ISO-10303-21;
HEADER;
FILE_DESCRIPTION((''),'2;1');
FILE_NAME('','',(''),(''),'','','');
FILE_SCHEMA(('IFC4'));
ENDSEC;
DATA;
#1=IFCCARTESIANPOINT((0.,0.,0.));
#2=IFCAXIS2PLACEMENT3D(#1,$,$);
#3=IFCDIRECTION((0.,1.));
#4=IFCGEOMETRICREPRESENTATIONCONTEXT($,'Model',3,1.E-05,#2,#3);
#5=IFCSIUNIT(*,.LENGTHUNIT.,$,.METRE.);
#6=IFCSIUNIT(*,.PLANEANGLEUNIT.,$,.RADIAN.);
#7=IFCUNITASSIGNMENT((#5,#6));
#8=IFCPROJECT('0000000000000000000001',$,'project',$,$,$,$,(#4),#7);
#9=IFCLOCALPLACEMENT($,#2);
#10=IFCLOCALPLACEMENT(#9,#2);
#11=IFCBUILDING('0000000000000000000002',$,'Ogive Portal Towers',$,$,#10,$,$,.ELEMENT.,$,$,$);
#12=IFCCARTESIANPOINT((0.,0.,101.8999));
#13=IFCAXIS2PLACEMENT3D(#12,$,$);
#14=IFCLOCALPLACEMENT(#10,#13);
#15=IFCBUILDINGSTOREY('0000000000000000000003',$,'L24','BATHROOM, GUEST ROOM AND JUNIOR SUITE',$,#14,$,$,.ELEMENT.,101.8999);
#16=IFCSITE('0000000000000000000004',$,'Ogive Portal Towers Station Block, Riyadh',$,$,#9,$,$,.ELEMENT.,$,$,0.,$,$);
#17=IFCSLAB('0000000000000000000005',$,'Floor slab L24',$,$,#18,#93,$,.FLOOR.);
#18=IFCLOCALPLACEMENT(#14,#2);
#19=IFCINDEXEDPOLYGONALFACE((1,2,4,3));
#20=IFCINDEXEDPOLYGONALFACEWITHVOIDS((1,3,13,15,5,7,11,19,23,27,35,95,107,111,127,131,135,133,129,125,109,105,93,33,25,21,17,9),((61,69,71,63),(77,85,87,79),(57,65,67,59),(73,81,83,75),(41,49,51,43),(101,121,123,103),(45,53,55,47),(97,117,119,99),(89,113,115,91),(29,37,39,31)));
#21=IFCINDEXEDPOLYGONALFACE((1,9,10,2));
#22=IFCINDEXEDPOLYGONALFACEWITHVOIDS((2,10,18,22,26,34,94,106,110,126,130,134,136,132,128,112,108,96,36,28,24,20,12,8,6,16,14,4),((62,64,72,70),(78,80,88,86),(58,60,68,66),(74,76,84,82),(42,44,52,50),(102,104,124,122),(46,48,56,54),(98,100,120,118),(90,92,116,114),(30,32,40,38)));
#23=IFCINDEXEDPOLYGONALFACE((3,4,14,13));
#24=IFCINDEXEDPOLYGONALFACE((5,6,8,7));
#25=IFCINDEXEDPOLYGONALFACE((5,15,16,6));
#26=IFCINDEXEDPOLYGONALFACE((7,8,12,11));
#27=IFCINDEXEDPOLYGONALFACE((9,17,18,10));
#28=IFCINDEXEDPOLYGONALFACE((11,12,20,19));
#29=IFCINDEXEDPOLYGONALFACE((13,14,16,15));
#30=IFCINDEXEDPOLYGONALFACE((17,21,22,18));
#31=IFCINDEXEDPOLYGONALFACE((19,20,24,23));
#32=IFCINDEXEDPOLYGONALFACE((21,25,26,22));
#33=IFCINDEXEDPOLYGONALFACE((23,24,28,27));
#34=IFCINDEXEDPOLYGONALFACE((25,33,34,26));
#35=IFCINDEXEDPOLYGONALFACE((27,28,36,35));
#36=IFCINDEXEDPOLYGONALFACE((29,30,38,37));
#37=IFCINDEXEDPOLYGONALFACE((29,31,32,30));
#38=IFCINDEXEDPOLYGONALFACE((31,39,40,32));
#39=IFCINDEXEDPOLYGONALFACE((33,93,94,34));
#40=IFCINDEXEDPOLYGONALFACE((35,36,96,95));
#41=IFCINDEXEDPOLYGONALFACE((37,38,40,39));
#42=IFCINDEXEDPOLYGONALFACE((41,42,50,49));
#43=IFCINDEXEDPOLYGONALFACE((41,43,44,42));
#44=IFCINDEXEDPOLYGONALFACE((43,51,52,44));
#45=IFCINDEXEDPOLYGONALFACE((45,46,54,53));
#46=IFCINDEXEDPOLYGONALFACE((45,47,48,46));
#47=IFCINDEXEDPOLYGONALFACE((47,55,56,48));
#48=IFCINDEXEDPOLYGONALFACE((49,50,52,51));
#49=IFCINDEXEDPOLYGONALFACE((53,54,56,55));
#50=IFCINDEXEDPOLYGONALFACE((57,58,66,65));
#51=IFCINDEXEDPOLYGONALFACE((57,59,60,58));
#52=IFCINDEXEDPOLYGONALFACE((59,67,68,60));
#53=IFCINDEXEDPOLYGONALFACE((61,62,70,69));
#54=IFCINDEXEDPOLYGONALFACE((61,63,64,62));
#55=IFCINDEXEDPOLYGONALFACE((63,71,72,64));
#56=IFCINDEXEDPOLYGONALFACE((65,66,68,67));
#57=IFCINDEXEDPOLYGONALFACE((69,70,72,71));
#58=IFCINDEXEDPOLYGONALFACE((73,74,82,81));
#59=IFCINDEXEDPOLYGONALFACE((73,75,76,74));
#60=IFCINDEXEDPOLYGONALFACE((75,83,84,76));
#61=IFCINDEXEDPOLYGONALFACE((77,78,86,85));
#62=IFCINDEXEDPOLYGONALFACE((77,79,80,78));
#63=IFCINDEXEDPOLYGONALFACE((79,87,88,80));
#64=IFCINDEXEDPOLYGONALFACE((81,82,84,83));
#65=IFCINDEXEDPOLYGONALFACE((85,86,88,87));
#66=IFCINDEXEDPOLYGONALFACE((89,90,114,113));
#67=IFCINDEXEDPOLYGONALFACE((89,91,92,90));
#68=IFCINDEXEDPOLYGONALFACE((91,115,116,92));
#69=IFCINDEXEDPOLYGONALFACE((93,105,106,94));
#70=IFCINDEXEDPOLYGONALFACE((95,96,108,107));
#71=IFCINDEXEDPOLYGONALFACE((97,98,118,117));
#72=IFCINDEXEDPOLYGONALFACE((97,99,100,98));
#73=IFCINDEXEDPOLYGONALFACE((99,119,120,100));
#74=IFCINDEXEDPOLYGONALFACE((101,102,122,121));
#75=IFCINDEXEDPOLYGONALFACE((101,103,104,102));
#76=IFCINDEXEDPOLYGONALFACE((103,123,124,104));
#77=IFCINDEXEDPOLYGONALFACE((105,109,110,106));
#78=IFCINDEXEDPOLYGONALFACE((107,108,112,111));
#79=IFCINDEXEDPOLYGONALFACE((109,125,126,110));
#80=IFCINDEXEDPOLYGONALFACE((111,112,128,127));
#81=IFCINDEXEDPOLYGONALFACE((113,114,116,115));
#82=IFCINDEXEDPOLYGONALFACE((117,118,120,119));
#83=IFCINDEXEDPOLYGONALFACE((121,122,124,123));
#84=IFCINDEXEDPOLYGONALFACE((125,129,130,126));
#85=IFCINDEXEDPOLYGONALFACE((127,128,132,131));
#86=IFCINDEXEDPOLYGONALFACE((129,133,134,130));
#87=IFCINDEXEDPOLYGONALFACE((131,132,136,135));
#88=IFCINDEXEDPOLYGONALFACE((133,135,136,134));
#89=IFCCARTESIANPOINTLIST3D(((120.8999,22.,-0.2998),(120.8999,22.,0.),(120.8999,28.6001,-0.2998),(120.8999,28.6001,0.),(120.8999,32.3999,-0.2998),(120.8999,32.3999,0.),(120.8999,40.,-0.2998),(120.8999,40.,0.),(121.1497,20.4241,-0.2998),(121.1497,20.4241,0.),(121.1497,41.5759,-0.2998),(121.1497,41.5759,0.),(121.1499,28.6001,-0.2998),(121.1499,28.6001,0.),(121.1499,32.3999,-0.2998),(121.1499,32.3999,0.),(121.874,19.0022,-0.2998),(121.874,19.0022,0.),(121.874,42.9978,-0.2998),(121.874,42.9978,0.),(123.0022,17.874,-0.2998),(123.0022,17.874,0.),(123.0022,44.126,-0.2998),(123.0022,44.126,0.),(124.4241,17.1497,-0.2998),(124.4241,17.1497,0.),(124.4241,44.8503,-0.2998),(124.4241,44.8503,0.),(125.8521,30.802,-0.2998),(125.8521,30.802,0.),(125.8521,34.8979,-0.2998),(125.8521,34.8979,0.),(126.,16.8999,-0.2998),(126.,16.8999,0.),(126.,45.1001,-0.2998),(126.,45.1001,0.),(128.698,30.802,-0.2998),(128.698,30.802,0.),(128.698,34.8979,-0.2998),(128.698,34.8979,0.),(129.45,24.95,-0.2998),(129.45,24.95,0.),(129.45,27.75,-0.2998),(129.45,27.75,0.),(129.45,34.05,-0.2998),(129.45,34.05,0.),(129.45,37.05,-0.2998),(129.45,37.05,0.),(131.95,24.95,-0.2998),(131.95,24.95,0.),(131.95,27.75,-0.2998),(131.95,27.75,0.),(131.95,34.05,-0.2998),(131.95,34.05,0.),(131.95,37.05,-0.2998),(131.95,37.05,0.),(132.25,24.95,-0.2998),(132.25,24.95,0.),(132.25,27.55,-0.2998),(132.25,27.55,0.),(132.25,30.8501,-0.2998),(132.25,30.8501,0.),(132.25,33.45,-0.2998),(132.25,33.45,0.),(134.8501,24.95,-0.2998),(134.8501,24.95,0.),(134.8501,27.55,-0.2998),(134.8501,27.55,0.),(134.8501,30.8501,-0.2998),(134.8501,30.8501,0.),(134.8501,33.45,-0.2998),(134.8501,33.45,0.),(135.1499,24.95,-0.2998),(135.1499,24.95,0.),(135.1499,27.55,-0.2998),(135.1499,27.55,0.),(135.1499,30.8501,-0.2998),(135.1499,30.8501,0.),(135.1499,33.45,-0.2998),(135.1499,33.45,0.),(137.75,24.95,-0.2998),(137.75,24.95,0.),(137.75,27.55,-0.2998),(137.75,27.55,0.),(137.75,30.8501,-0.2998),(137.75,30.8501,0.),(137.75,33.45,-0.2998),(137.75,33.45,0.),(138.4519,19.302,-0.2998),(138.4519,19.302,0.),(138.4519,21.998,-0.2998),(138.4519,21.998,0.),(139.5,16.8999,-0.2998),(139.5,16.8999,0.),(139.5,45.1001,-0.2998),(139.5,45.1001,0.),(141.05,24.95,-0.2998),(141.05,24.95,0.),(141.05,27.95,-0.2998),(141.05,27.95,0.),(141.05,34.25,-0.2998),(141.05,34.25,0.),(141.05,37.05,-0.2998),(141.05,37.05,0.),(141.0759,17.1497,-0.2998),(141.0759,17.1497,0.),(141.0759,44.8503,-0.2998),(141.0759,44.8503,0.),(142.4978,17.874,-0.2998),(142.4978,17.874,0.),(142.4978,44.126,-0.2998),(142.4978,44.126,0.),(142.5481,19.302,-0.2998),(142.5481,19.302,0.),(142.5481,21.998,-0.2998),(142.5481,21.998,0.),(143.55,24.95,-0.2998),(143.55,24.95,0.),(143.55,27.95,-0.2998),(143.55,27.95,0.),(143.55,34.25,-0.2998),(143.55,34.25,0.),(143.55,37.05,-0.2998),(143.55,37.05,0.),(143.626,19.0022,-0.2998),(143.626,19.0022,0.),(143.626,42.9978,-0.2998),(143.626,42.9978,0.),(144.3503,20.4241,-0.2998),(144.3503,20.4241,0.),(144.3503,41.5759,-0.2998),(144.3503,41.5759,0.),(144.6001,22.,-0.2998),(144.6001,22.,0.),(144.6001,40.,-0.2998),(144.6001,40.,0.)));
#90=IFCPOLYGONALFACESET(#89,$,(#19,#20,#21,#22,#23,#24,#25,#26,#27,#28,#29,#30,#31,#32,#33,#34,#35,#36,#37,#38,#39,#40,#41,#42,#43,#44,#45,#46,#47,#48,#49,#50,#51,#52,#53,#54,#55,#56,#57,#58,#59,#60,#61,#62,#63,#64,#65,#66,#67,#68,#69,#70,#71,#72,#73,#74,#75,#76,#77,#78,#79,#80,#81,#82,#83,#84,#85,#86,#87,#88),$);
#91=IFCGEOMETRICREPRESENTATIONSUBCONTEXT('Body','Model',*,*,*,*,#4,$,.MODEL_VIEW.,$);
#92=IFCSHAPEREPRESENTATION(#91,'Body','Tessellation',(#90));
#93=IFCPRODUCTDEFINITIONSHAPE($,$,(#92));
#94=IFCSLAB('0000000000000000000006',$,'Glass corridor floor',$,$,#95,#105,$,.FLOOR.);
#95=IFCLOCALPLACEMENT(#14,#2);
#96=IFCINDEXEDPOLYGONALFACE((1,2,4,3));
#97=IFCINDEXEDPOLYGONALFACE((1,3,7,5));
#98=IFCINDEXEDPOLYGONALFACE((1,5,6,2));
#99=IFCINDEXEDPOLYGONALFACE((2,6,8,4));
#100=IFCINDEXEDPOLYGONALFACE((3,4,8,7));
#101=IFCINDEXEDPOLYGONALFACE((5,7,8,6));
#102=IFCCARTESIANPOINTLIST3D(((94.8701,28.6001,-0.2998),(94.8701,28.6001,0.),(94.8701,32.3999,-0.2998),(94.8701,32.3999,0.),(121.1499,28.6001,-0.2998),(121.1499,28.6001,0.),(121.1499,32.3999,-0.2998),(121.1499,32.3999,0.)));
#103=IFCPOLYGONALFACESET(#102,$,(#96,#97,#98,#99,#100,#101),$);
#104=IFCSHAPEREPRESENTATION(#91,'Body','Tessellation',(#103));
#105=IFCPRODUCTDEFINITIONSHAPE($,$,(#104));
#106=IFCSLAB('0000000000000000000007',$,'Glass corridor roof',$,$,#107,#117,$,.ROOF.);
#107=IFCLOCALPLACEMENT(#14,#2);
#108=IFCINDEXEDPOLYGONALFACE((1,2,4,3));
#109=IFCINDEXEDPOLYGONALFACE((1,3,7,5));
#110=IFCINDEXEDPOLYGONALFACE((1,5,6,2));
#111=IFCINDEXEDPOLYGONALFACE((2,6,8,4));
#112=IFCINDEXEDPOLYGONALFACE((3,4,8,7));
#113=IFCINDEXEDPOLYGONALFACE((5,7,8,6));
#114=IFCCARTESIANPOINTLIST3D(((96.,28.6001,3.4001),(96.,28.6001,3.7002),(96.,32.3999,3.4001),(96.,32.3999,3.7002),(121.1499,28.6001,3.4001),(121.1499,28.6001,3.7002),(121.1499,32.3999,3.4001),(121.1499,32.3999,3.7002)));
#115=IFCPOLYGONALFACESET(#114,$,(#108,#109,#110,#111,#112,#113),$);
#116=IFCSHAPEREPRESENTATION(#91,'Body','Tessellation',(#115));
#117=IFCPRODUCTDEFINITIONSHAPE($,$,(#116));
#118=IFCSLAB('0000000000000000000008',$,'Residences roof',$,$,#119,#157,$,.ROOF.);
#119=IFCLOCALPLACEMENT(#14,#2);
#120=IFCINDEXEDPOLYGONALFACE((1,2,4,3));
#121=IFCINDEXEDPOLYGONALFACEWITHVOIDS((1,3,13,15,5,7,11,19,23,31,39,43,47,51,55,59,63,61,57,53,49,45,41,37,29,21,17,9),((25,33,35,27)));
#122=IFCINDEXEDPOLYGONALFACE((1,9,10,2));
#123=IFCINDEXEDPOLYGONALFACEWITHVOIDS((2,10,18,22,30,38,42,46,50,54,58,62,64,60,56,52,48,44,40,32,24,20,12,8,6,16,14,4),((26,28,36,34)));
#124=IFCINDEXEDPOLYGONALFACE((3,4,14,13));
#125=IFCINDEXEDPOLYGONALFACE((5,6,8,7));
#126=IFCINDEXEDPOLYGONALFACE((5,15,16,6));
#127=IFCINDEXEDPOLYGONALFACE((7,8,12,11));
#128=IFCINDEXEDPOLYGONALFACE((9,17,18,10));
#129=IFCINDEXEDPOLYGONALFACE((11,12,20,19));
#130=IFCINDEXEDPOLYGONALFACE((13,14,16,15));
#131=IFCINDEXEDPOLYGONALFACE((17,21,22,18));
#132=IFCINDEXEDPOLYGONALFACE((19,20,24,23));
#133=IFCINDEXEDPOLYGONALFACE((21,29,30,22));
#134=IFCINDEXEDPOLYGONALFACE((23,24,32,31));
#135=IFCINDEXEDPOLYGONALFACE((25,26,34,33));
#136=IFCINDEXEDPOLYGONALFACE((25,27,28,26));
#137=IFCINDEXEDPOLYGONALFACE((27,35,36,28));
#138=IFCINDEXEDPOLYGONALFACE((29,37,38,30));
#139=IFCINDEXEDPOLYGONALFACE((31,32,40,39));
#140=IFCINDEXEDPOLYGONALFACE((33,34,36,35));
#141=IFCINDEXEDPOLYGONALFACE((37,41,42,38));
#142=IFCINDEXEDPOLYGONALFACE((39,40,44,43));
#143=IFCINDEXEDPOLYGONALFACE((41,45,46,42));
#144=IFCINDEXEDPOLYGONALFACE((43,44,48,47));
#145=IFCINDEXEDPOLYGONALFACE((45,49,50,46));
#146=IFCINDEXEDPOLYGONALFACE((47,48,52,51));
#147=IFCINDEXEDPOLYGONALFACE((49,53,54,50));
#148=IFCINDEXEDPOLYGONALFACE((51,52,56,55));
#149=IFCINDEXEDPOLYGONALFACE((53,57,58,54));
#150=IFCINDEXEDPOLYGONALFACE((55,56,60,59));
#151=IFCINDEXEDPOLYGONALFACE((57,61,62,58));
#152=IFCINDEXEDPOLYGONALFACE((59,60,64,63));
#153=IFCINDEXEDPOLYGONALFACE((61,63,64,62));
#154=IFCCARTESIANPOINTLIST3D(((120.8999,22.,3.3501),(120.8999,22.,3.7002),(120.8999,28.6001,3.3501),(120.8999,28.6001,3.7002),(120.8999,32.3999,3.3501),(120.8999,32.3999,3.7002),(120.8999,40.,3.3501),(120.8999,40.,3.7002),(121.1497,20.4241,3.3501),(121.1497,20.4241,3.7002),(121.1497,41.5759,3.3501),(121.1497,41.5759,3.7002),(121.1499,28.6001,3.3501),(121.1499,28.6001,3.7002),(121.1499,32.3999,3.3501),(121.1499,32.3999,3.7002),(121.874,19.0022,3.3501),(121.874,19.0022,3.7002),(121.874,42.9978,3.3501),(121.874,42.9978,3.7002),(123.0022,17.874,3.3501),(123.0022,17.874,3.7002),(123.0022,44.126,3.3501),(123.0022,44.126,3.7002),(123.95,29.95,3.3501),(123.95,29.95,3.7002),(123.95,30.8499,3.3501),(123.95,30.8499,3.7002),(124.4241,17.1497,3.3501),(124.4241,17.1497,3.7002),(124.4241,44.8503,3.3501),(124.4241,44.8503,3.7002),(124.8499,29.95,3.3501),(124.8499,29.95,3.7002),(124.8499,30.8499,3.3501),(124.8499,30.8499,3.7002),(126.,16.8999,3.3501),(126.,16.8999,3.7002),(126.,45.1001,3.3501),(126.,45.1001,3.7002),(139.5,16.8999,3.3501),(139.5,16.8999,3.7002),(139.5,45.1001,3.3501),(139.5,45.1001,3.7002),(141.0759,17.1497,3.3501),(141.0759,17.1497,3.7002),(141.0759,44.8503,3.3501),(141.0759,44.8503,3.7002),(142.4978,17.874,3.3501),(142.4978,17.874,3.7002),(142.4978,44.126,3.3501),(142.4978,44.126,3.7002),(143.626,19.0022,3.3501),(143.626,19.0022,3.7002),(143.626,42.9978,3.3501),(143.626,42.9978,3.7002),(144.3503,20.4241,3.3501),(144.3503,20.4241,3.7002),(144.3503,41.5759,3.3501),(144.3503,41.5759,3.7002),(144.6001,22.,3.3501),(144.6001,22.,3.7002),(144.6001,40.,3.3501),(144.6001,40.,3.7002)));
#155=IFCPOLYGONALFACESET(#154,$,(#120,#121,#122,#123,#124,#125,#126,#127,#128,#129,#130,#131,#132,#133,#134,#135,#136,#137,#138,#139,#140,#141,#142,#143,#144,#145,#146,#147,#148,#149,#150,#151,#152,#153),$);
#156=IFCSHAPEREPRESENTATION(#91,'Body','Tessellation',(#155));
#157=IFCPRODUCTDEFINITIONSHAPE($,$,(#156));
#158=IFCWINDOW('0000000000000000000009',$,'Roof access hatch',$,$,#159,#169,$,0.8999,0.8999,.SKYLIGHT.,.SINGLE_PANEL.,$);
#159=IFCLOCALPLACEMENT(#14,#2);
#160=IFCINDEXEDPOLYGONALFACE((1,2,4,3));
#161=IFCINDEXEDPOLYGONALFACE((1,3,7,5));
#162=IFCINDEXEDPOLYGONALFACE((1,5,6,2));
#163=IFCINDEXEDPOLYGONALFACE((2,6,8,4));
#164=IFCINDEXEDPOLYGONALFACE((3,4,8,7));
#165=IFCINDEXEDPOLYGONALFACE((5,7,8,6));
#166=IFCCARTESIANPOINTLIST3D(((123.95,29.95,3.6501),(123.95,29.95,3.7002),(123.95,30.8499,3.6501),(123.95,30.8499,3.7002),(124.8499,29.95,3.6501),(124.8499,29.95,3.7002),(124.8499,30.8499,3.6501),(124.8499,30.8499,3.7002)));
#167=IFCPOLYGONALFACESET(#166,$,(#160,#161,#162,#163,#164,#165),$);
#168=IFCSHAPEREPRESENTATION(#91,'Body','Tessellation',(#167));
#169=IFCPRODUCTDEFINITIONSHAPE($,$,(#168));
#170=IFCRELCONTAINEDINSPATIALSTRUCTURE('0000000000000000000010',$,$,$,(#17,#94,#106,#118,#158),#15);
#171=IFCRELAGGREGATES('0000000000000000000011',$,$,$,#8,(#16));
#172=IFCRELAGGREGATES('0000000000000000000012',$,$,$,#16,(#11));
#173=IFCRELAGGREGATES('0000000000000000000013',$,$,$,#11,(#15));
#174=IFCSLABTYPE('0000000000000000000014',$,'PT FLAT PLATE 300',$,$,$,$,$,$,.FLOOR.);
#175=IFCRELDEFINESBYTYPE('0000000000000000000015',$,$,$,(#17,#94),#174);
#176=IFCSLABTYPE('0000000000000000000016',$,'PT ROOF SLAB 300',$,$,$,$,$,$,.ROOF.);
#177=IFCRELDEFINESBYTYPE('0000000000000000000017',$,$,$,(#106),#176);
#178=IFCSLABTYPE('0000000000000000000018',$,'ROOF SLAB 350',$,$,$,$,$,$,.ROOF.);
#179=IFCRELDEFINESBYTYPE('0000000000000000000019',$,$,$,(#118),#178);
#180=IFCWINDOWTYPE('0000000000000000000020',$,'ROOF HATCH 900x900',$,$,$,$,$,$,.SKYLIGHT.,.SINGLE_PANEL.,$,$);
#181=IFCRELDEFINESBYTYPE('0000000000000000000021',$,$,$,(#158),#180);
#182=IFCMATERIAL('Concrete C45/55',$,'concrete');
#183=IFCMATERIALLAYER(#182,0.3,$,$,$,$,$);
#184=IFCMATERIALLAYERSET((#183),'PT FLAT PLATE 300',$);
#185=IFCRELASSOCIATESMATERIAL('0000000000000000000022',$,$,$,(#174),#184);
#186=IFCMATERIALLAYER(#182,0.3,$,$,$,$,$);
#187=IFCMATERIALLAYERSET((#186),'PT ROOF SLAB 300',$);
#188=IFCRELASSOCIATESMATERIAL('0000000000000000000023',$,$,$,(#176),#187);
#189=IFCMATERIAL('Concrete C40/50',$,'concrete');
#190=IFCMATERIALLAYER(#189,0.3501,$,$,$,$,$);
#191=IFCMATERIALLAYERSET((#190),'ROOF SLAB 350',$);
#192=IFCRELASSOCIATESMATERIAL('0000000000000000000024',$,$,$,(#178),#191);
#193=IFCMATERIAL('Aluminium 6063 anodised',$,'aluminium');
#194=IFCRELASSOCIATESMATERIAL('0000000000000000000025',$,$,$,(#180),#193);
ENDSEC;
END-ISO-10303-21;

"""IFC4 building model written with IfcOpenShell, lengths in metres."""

from ifc_helpers import new_model, si_unit, direction, frame, origin, origin_2d, place, context, subcontext, project, spatial, polyline, rectangle, outline, extrude, material, layer, layer_set, type_object, element, fill, save


model = new_model("IFC4")

# Units and contexts
model_context = context("Model", 3, precision=1e-05, world=origin(), true_north=direction((0.0, 1.0)))
body_context = subcontext(model_context, "Body", "Model", "MODEL_VIEW")
ifc_project = project(units=[si_unit("LENGTHUNIT", "METRE"), si_unit("PLANEANGLEUNIT", "RADIAN")], contexts=[model_context])

# Site, building, storey
site_placement = place(None, origin())
site = spatial("IfcSite", under=ifc_project, at=site_placement, Name="Ogive Portal Towers Station Block, Riyadh", CompositionType="ELEMENT", RefElevation=0.0)
building_placement = place(site_placement, origin())
building = spatial("IfcBuilding", under=site, at=building_placement, Name="Ogive Portal Towers", CompositionType="ELEMENT")
storey_placement = place(building_placement, frame((0.0, 0.0, 101.8999)))
storey = spatial("IfcBuildingStorey", under=building, at=storey_placement, Name="L24", Description="BATHROOM, GUEST ROOM AND JUNIOR SUITE", CompositionType="ELEMENT", Elevation=101.8999)

# Shared definitions
ifc_material_1 = material(Name="Concrete C40/50", Category="concrete")

# Slabs
ifc_material_2 = material(Name="Concrete C45/55", Category="concrete")
ifc_layer_1 = layer(ifc_material_2, 0.3)
ifc_layer_set_1 = layer_set([ifc_layer_1], Name="PT FLAT PLATE 300")
slab_type_1 = type_object("IfcSlabType", Name="PT FLAT PLATE 300", PredefinedType="FLOOR", material=ifc_layer_set_1)
slab_1_placement = place(storey_placement, frame((0.0, 0.0, -0.2998)))
element("IfcSlab", 1, at=slab_1_placement, inside=storey, type_object=slab_type_1, Name="Floor slab L24", PredefinedType="FLOOR", context=body_context, shape_type="SweptSolid", body=[
    extrude(outline(polyline([(120.8999, 40.0), (120.8999, 32.3999), (121.1499, 32.3999), (121.1499, 28.6001), (120.8999, 28.6001), (120.8999, 22.0), (121.1497, 20.4241), (121.874, 19.0022), (123.0022, 17.874), (124.4241, 17.1497), (126.0, 16.8999), (139.5, 16.8999), (141.0759, 17.1497), (142.4978, 17.874), (143.626, 19.0022), (144.3503, 20.4241), (144.6001, 22.0), (144.6001, 40.0), (144.3503, 41.5759), (143.626, 42.9978), (142.4978, 44.126), (141.0759, 44.8503), (139.5, 45.1001), (126.0, 45.1001), (124.4241, 44.8503), (123.0022, 44.126), (121.874, 42.9978), (121.1497, 41.5759), (120.8999, 40.0)]), holes=[polyline([(131.95, 27.75), (131.95, 24.95), (129.45, 24.95), (129.45, 27.75), (131.95, 27.75)]), polyline([(128.698, 34.8979), (128.698, 30.802), (125.8521, 30.802), (125.8521, 34.8979), (128.698, 34.8979)]), polyline([(131.95, 37.05), (131.95, 34.05), (129.45, 34.05), (129.45, 37.05), (131.95, 37.05)]), polyline([(138.4519, 21.998), (142.5481, 21.998), (142.5481, 19.302), (138.4519, 19.302), (138.4519, 21.998)]), polyline([(134.8501, 27.55), (134.8501, 24.95), (132.25, 24.95), (132.25, 27.55), (134.8501, 27.55)]), polyline([(137.75, 27.55), (137.75, 24.95), (135.1499, 24.95), (135.1499, 27.55), (137.75, 27.55)]), polyline([(143.55, 27.95), (143.55, 24.95), (141.05, 24.95), (141.05, 27.95), (143.55, 27.95)]), polyline([(134.8501, 33.45), (134.8501, 30.8501), (132.25, 30.8501), (132.25, 33.45), (134.8501, 33.45)]), polyline([(137.75, 33.45), (137.75, 30.8501), (135.1499, 30.8501), (135.1499, 33.45), (137.75, 33.45)]), polyline([(143.55, 37.05), (143.55, 34.25), (141.05, 34.25), (141.05, 37.05), (143.55, 37.05)])]), origin(), (0.0, 0.0, 1.0), 0.2998),
])
slab_2_placement = place(storey_placement, frame((0.0, 0.0, -0.2998)))
element("IfcSlab", 2, at=slab_2_placement, inside=storey, type_object=slab_type_1, Name="Glass corridor floor", PredefinedType="FLOOR", context=body_context, shape_type="SweptSolid", body=[
    extrude(outline(polyline([(121.1499, 28.6001), (121.1499, 32.3999), (94.8701, 32.3999), (94.8701, 28.6001), (121.1499, 28.6001)])), origin(), (0.0, 0.0, 1.0), 0.2998),
])
ifc_layer_2 = layer(ifc_material_2, 0.3)
ifc_layer_set_2 = layer_set([ifc_layer_2], Name="PT ROOF SLAB 300")
slab_type_2 = type_object("IfcSlabType", Name="PT ROOF SLAB 300", PredefinedType="ROOF", material=ifc_layer_set_2)
slab_3_placement = place(storey_placement, frame((0.0, 0.0, 3.4001)))
element("IfcSlab", 3, at=slab_3_placement, inside=storey, type_object=slab_type_2, Name="Glass corridor roof", PredefinedType="ROOF", context=body_context, shape_type="SweptSolid", body=[
    extrude(outline(polyline([(121.1499, 32.3999), (96.0, 32.3999), (96.0, 28.6001), (121.1499, 28.6001), (121.1499, 32.3999)])), origin(), (0.0, 0.0, 1.0), 0.3),
])

# Slab, opening, window
ifc_layer_3 = layer(ifc_material_1, 0.3501)
ifc_layer_set_3 = layer_set([ifc_layer_3], Name="ROOF SLAB 350")
slab_type_3 = type_object("IfcSlabType", Name="ROOF SLAB 350", PredefinedType="ROOF", material=ifc_layer_set_3)
slab_4_placement = place(storey_placement, frame((0.0, 0.0, 3.3501)))
slab_4 = element("IfcSlab", 4, at=slab_4_placement, inside=storey, type_object=slab_type_3, Name="Residences roof", PredefinedType="ROOF", context=body_context, shape_type="SweptSolid", body=[
    extrude(outline(polyline([(120.8999, 40.0), (121.1497, 41.5759), (121.874, 42.9978), (123.0022, 44.126), (124.4241, 44.8503), (126.0, 45.1001), (139.5, 45.1001), (141.0759, 44.8503), (142.4978, 44.126), (143.626, 42.9978), (144.3503, 41.5759), (144.6001, 40.0), (144.6001, 22.0), (144.3503, 20.4241), (143.626, 19.0022), (142.4978, 17.874), (141.0759, 17.1497), (139.5, 16.8999), (126.0, 16.8999), (124.4241, 17.1497), (123.0022, 17.874), (121.874, 19.0022), (121.1497, 20.4241), (120.8999, 22.0), (120.8999, 28.6001), (121.1499, 28.6001), (121.1499, 32.3999), (120.8999, 32.3999), (120.8999, 40.0)])), origin(), (0.0, 0.0, 1.0), 0.3501),
])
opening_1_placement = place(slab_4_placement, frame((124.3999, 30.3999, 0.0)))
opening_1 = element("IfcOpeningElement", 5, at=opening_1_placement, cuts=slab_4, PredefinedType="OPENING", context=body_context, shape_type="SweptSolid", body=[
    extrude(rectangle(XDim=0.8999, YDim=0.8999, at=origin_2d()), origin(), (0.0, 0.0, 1.0), 0.3501),
])
ifc_material_3 = material(Name="Aluminium 6063 anodised", Category="aluminium")
window_type = type_object("IfcWindowType", Name="ROOF HATCH 900x900", PartitioningType="SINGLE_PANEL", PredefinedType="SKYLIGHT", material=ifc_material_3)
window_placement = place(opening_1_placement, frame((0.0, 0.0, 0.3)))
window = element("IfcWindow", 6, at=window_placement, inside=storey, type_object=window_type, Name="Roof access hatch", OverallHeight=0.8999, OverallWidth=0.8999, PartitioningType="SINGLE_PANEL", PredefinedType="SKYLIGHT", context=body_context, shape_type="SweptSolid", body=[
    extrude(rectangle(XDim=0.8999, YDim=0.8999, at=origin_2d()), origin(), (0.0, 0.0, 1.0), 0.05),
])
fill(opening_1, window)

save(model, "model.ifc")
